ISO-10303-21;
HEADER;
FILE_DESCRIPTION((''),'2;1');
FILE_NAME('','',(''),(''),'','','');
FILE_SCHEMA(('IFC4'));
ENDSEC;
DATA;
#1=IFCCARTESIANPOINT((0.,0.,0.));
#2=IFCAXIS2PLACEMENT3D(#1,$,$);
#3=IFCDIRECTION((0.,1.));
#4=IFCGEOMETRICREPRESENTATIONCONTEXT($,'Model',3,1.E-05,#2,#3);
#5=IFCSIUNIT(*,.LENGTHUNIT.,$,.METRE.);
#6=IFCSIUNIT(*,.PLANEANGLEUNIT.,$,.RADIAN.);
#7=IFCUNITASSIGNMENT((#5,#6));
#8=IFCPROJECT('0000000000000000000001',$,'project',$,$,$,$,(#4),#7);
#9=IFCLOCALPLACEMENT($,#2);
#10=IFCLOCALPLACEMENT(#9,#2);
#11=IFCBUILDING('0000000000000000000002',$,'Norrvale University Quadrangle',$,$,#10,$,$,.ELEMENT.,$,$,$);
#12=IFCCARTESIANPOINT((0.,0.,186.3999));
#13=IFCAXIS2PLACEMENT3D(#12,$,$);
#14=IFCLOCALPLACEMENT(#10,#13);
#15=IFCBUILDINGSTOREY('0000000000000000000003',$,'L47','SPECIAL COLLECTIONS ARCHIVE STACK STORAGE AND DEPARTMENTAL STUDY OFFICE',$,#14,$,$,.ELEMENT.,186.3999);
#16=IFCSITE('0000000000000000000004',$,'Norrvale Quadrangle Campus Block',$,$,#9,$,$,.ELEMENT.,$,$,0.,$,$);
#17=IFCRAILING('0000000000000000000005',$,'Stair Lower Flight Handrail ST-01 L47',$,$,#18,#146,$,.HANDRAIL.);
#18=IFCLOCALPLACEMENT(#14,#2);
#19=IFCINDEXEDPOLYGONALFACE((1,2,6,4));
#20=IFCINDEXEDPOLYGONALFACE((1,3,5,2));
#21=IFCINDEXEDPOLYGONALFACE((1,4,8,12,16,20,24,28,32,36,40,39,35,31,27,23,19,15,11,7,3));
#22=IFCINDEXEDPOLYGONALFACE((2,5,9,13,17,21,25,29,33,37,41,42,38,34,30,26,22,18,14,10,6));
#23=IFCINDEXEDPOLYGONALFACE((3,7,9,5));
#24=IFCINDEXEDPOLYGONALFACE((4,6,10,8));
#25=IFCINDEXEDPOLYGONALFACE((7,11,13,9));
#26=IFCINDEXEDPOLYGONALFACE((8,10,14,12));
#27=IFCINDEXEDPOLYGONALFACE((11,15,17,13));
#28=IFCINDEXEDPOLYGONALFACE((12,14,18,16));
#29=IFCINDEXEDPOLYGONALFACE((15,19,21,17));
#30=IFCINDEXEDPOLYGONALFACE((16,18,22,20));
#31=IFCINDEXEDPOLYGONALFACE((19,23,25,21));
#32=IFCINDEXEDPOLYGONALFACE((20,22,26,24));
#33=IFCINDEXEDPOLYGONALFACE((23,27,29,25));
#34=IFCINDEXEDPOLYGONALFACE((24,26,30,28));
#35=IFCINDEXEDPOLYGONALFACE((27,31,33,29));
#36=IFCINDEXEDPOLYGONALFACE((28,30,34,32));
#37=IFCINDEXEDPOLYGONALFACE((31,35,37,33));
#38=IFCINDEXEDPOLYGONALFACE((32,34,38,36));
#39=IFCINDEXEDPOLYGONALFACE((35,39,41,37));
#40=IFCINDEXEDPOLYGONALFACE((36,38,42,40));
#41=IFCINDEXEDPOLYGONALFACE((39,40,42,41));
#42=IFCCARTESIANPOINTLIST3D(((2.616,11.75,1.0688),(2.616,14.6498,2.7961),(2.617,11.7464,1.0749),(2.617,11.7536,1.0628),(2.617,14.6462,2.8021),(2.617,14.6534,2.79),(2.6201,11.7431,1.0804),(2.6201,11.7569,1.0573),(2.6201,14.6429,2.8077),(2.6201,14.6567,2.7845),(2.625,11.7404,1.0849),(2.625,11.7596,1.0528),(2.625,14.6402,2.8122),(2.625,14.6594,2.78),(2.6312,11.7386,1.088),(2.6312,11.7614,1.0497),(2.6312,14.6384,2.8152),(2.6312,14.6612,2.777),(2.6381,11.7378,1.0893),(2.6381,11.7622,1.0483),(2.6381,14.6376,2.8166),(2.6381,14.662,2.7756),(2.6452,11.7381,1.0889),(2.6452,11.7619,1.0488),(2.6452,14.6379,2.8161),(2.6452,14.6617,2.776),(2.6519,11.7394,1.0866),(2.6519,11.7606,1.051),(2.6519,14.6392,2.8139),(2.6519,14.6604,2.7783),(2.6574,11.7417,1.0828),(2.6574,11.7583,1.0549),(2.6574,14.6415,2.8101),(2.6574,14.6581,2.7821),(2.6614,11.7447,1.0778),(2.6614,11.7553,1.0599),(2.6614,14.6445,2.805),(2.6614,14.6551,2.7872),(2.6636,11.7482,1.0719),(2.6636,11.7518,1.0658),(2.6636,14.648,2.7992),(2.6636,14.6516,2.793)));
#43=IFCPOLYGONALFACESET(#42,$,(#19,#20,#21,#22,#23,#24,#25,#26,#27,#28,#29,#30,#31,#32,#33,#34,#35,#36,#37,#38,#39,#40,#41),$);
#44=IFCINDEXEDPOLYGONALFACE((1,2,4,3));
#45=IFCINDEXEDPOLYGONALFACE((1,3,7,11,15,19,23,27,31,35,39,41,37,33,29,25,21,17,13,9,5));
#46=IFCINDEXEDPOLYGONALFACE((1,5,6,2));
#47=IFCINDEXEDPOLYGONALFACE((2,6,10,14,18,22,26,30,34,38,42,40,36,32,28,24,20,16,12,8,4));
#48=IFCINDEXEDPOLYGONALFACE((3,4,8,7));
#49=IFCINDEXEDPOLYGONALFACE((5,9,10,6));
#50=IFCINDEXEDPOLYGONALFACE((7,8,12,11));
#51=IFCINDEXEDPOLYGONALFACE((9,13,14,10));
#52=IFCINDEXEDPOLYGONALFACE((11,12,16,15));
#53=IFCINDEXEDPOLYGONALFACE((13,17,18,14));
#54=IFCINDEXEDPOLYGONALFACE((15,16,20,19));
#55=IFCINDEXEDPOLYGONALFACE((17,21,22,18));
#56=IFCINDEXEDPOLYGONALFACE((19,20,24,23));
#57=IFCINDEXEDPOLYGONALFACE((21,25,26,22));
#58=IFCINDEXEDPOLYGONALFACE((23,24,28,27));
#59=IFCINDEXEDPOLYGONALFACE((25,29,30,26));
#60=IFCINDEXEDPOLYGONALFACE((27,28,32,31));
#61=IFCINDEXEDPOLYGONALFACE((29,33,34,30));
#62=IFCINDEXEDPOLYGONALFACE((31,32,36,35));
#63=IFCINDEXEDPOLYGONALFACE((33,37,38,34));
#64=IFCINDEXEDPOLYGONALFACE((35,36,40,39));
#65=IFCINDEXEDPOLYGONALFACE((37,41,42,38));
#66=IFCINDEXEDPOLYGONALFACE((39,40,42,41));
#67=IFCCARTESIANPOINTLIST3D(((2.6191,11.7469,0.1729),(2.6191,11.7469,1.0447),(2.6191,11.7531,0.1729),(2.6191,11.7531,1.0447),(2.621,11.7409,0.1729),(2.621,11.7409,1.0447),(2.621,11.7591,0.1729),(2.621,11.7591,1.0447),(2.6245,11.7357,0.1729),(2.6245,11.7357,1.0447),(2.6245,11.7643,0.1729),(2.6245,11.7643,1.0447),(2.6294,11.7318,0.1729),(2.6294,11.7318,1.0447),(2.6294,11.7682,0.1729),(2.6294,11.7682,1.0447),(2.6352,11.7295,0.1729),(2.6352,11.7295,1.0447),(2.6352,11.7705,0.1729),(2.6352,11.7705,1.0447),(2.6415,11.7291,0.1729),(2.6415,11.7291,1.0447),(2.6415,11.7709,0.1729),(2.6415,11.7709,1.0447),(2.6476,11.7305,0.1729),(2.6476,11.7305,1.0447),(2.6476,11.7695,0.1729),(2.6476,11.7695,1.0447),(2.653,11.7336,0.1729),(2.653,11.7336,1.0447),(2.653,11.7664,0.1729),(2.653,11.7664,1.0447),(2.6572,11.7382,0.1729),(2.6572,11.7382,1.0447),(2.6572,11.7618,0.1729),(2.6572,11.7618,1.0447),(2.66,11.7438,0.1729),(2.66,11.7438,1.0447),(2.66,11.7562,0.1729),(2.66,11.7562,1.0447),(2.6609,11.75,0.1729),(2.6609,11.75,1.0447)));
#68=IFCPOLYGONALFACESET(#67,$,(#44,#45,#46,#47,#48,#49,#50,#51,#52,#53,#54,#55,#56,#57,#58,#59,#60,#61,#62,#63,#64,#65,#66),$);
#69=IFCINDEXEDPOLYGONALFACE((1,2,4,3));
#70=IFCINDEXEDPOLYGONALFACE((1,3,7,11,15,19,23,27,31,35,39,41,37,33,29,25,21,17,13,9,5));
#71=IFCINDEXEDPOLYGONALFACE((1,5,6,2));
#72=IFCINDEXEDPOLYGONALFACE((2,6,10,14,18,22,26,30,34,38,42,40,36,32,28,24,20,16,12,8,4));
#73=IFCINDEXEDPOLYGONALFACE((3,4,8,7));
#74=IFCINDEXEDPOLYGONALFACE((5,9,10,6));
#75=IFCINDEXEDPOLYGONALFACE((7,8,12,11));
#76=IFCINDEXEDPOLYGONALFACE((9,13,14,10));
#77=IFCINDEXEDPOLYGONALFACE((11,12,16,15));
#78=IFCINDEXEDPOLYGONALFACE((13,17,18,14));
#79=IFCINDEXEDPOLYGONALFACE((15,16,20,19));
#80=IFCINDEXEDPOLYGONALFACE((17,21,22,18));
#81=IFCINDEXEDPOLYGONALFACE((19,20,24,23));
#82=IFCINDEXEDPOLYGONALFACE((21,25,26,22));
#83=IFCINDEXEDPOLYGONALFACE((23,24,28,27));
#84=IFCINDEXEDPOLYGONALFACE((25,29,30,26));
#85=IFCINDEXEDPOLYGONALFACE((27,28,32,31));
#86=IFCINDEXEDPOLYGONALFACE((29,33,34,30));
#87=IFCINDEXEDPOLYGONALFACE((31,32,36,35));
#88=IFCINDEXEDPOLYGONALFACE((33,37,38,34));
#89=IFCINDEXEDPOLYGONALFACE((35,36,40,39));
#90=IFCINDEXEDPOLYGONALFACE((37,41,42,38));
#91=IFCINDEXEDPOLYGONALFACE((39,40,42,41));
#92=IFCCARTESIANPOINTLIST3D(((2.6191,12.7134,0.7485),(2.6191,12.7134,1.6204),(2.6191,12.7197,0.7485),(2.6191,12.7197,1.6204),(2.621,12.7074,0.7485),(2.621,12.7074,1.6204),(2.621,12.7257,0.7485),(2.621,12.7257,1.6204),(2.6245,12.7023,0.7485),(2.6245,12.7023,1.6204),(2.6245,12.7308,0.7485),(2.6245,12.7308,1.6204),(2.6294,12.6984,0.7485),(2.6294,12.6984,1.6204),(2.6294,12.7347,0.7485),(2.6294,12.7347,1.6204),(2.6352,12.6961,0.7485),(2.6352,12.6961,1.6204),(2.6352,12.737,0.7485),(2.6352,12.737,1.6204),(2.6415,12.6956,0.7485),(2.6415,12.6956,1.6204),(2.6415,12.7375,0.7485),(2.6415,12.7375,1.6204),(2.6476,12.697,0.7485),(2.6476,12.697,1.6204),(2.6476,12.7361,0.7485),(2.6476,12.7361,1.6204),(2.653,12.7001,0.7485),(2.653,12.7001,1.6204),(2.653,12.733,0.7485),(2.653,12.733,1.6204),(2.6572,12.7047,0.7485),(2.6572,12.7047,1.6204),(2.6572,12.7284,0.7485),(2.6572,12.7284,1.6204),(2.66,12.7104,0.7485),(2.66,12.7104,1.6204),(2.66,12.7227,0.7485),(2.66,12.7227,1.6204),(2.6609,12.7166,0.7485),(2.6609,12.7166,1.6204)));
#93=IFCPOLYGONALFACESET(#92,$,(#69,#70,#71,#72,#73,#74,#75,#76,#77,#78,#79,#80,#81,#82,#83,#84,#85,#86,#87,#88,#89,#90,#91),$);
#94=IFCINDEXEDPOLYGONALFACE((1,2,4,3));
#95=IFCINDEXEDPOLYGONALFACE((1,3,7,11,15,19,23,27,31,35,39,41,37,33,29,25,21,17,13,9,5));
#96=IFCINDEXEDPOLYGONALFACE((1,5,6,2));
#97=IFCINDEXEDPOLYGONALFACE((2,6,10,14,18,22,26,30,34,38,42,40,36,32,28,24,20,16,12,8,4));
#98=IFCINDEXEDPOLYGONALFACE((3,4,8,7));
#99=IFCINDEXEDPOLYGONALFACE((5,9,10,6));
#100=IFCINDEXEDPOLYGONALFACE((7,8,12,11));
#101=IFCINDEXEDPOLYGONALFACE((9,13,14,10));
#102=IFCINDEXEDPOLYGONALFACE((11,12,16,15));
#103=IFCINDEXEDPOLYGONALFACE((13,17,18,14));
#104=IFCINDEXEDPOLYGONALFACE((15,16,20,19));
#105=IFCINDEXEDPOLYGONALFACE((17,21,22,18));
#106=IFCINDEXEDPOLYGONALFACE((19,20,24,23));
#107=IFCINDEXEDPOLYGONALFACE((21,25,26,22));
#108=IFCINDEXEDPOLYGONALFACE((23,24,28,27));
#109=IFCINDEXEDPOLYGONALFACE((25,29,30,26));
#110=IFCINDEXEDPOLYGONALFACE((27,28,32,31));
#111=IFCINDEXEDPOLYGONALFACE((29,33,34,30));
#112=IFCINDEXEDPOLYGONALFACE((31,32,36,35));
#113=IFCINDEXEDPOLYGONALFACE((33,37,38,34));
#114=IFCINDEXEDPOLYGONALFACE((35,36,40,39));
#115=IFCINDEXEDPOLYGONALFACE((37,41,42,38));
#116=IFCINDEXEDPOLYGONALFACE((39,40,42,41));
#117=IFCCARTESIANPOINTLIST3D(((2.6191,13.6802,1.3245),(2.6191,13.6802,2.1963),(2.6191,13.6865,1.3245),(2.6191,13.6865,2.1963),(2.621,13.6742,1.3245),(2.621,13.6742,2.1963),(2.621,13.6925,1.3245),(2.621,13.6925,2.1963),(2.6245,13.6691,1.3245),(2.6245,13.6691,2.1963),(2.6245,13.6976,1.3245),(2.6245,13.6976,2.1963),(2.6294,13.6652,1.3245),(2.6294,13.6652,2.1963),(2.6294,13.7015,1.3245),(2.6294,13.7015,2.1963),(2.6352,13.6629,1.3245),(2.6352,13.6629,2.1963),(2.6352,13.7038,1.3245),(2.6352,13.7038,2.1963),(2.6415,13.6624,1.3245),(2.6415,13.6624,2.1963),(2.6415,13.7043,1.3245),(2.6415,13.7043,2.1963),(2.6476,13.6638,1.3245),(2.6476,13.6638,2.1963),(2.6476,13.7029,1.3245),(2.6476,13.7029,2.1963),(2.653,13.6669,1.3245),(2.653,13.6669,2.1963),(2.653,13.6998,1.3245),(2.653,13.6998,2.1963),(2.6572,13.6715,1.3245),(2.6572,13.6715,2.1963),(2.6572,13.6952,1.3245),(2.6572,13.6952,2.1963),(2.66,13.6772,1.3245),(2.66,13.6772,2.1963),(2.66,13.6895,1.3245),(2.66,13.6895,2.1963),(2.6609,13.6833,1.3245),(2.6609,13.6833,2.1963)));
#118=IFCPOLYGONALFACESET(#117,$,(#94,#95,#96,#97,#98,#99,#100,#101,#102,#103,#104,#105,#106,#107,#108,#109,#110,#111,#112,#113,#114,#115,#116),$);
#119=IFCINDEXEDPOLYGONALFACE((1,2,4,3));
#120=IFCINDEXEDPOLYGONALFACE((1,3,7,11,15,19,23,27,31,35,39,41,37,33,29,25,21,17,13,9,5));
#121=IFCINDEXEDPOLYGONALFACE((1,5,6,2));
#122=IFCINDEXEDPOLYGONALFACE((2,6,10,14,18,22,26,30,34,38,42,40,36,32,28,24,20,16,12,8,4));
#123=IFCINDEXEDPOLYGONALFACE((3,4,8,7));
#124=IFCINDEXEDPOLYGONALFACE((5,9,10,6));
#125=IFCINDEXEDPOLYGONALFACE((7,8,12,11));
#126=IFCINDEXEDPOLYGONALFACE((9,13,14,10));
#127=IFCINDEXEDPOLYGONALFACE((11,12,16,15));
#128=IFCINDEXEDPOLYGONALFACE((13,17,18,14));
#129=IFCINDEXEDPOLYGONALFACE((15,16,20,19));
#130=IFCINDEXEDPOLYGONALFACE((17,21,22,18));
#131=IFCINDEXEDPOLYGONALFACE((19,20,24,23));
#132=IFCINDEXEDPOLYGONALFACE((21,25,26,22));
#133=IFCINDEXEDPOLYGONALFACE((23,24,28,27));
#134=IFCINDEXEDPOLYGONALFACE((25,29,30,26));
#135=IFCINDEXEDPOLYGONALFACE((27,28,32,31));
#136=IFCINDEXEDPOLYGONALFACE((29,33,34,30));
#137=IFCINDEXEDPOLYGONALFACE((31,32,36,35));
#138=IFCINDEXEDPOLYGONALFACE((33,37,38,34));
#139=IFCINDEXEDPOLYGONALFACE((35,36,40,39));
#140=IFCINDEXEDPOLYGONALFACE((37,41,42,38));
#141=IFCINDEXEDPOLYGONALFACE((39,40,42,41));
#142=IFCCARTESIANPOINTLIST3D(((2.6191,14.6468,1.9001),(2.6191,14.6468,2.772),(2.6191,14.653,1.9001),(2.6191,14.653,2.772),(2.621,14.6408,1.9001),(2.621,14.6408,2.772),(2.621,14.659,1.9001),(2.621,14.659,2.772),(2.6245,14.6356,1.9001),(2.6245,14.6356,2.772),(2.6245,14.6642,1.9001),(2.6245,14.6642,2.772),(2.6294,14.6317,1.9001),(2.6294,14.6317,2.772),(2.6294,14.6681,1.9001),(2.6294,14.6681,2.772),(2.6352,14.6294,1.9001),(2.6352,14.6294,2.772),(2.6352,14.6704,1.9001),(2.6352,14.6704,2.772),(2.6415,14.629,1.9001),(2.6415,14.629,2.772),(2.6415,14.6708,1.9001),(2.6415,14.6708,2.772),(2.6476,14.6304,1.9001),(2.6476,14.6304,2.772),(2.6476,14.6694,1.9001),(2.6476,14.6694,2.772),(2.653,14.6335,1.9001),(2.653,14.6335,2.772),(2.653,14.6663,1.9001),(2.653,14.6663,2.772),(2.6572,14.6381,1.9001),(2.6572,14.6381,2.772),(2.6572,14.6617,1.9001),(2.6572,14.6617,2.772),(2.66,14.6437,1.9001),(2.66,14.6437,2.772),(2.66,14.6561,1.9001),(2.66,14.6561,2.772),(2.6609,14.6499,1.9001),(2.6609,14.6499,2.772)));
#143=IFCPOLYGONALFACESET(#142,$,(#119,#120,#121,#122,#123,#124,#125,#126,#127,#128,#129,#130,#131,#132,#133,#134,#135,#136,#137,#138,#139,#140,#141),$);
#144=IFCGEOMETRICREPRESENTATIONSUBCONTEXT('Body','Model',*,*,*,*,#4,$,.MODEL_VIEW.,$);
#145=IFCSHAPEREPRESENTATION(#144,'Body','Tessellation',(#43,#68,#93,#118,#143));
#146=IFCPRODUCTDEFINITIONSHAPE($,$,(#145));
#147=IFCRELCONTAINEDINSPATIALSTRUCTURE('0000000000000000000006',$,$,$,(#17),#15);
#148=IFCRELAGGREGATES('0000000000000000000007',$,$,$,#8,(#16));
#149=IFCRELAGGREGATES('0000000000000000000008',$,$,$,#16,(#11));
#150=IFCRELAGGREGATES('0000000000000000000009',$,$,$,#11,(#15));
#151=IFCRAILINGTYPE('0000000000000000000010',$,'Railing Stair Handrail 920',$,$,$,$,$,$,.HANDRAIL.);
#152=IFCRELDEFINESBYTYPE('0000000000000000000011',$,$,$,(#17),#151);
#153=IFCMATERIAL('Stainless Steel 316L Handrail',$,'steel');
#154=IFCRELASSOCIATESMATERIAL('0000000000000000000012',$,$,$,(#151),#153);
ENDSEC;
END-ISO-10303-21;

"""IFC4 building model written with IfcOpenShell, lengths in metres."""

from ifc_helpers import new_model, si_unit, direction, frame, origin, origin_2d, place, context, subcontext, project, spatial, circle, extrude, material, type_object, element, save


model = new_model("IFC4")

# Units and contexts
model_context = context("Model", 3, precision=1e-05, world=origin(), true_north=direction((0.0, 1.0)))
body_context = subcontext(model_context, "Body", "Model", "MODEL_VIEW")
ifc_project = project(units=[si_unit("LENGTHUNIT", "METRE"), si_unit("PLANEANGLEUNIT", "RADIAN")], contexts=[model_context])

# Site, building, storey
site_placement = place(None, origin())
site = spatial("IfcSite", under=ifc_project, at=site_placement, Name="Norrvale Quadrangle Campus Block", CompositionType="ELEMENT", RefElevation=0.0)
building_placement = place(site_placement, origin())
building = spatial("IfcBuilding", under=site, at=building_placement, Name="Norrvale University Quadrangle", CompositionType="ELEMENT")
storey_placement = place(building_placement, frame((0.0, 0.0, 186.3999)))
storey = spatial("IfcBuildingStorey", under=building, at=storey_placement, Name="L47", Description="SPECIAL COLLECTIONS ARCHIVE STACK STORAGE AND DEPARTMENTAL STUDY OFFICE", CompositionType="ELEMENT", Elevation=186.3999)

# Railing
ifc_material_1 = material(Name="Stainless Steel 316L Handrail", Category="steel")
railing_type_1 = type_object("IfcRailingType", Name="Railing Stair Handrail 920", PredefinedType="HANDRAIL", material=ifc_material_1)
railing_placement = place(storey_placement, frame((2.6399, 11.75, 0.1729)))
element("IfcRailing", 1, at=railing_placement, inside=storey, type_object=railing_type_1, Name="Stair Lower Flight Handrail ST-01 L47", PredefinedType="HANDRAIL", context=body_context, shape_type="SweptSolid", body=[
    extrude(circle(Radius=0.0239, at=origin_2d()), frame((0.0, 0.0, 0.896), z_axis=(0.0, 0.859141, 0.511738), x_axis=(-1.0, 0.0, 0.0)), (0.0, 0.0, 1.0), 3.3752),
    extrude(circle(Radius=0.021, at=origin_2d()), origin(), (0.0, 0.0, 1.0), 0.8718),
    extrude(circle(Radius=0.021, at=origin_2d()), frame((0.0, 0.9666, 0.5757)), (0.0, 0.0, 1.0), 0.8718),
    extrude(circle(Radius=0.021, at=origin_2d()), frame((0.0, 1.9333, 1.1516)), (0.0, 0.0, 1.0), 0.8718),
    extrude(circle(Radius=0.021, at=origin_2d()), frame((0.0, 2.8999, 1.7273)), (0.0, 0.0, 1.0), 0.8718),
])

save(model, "model.ifc")
